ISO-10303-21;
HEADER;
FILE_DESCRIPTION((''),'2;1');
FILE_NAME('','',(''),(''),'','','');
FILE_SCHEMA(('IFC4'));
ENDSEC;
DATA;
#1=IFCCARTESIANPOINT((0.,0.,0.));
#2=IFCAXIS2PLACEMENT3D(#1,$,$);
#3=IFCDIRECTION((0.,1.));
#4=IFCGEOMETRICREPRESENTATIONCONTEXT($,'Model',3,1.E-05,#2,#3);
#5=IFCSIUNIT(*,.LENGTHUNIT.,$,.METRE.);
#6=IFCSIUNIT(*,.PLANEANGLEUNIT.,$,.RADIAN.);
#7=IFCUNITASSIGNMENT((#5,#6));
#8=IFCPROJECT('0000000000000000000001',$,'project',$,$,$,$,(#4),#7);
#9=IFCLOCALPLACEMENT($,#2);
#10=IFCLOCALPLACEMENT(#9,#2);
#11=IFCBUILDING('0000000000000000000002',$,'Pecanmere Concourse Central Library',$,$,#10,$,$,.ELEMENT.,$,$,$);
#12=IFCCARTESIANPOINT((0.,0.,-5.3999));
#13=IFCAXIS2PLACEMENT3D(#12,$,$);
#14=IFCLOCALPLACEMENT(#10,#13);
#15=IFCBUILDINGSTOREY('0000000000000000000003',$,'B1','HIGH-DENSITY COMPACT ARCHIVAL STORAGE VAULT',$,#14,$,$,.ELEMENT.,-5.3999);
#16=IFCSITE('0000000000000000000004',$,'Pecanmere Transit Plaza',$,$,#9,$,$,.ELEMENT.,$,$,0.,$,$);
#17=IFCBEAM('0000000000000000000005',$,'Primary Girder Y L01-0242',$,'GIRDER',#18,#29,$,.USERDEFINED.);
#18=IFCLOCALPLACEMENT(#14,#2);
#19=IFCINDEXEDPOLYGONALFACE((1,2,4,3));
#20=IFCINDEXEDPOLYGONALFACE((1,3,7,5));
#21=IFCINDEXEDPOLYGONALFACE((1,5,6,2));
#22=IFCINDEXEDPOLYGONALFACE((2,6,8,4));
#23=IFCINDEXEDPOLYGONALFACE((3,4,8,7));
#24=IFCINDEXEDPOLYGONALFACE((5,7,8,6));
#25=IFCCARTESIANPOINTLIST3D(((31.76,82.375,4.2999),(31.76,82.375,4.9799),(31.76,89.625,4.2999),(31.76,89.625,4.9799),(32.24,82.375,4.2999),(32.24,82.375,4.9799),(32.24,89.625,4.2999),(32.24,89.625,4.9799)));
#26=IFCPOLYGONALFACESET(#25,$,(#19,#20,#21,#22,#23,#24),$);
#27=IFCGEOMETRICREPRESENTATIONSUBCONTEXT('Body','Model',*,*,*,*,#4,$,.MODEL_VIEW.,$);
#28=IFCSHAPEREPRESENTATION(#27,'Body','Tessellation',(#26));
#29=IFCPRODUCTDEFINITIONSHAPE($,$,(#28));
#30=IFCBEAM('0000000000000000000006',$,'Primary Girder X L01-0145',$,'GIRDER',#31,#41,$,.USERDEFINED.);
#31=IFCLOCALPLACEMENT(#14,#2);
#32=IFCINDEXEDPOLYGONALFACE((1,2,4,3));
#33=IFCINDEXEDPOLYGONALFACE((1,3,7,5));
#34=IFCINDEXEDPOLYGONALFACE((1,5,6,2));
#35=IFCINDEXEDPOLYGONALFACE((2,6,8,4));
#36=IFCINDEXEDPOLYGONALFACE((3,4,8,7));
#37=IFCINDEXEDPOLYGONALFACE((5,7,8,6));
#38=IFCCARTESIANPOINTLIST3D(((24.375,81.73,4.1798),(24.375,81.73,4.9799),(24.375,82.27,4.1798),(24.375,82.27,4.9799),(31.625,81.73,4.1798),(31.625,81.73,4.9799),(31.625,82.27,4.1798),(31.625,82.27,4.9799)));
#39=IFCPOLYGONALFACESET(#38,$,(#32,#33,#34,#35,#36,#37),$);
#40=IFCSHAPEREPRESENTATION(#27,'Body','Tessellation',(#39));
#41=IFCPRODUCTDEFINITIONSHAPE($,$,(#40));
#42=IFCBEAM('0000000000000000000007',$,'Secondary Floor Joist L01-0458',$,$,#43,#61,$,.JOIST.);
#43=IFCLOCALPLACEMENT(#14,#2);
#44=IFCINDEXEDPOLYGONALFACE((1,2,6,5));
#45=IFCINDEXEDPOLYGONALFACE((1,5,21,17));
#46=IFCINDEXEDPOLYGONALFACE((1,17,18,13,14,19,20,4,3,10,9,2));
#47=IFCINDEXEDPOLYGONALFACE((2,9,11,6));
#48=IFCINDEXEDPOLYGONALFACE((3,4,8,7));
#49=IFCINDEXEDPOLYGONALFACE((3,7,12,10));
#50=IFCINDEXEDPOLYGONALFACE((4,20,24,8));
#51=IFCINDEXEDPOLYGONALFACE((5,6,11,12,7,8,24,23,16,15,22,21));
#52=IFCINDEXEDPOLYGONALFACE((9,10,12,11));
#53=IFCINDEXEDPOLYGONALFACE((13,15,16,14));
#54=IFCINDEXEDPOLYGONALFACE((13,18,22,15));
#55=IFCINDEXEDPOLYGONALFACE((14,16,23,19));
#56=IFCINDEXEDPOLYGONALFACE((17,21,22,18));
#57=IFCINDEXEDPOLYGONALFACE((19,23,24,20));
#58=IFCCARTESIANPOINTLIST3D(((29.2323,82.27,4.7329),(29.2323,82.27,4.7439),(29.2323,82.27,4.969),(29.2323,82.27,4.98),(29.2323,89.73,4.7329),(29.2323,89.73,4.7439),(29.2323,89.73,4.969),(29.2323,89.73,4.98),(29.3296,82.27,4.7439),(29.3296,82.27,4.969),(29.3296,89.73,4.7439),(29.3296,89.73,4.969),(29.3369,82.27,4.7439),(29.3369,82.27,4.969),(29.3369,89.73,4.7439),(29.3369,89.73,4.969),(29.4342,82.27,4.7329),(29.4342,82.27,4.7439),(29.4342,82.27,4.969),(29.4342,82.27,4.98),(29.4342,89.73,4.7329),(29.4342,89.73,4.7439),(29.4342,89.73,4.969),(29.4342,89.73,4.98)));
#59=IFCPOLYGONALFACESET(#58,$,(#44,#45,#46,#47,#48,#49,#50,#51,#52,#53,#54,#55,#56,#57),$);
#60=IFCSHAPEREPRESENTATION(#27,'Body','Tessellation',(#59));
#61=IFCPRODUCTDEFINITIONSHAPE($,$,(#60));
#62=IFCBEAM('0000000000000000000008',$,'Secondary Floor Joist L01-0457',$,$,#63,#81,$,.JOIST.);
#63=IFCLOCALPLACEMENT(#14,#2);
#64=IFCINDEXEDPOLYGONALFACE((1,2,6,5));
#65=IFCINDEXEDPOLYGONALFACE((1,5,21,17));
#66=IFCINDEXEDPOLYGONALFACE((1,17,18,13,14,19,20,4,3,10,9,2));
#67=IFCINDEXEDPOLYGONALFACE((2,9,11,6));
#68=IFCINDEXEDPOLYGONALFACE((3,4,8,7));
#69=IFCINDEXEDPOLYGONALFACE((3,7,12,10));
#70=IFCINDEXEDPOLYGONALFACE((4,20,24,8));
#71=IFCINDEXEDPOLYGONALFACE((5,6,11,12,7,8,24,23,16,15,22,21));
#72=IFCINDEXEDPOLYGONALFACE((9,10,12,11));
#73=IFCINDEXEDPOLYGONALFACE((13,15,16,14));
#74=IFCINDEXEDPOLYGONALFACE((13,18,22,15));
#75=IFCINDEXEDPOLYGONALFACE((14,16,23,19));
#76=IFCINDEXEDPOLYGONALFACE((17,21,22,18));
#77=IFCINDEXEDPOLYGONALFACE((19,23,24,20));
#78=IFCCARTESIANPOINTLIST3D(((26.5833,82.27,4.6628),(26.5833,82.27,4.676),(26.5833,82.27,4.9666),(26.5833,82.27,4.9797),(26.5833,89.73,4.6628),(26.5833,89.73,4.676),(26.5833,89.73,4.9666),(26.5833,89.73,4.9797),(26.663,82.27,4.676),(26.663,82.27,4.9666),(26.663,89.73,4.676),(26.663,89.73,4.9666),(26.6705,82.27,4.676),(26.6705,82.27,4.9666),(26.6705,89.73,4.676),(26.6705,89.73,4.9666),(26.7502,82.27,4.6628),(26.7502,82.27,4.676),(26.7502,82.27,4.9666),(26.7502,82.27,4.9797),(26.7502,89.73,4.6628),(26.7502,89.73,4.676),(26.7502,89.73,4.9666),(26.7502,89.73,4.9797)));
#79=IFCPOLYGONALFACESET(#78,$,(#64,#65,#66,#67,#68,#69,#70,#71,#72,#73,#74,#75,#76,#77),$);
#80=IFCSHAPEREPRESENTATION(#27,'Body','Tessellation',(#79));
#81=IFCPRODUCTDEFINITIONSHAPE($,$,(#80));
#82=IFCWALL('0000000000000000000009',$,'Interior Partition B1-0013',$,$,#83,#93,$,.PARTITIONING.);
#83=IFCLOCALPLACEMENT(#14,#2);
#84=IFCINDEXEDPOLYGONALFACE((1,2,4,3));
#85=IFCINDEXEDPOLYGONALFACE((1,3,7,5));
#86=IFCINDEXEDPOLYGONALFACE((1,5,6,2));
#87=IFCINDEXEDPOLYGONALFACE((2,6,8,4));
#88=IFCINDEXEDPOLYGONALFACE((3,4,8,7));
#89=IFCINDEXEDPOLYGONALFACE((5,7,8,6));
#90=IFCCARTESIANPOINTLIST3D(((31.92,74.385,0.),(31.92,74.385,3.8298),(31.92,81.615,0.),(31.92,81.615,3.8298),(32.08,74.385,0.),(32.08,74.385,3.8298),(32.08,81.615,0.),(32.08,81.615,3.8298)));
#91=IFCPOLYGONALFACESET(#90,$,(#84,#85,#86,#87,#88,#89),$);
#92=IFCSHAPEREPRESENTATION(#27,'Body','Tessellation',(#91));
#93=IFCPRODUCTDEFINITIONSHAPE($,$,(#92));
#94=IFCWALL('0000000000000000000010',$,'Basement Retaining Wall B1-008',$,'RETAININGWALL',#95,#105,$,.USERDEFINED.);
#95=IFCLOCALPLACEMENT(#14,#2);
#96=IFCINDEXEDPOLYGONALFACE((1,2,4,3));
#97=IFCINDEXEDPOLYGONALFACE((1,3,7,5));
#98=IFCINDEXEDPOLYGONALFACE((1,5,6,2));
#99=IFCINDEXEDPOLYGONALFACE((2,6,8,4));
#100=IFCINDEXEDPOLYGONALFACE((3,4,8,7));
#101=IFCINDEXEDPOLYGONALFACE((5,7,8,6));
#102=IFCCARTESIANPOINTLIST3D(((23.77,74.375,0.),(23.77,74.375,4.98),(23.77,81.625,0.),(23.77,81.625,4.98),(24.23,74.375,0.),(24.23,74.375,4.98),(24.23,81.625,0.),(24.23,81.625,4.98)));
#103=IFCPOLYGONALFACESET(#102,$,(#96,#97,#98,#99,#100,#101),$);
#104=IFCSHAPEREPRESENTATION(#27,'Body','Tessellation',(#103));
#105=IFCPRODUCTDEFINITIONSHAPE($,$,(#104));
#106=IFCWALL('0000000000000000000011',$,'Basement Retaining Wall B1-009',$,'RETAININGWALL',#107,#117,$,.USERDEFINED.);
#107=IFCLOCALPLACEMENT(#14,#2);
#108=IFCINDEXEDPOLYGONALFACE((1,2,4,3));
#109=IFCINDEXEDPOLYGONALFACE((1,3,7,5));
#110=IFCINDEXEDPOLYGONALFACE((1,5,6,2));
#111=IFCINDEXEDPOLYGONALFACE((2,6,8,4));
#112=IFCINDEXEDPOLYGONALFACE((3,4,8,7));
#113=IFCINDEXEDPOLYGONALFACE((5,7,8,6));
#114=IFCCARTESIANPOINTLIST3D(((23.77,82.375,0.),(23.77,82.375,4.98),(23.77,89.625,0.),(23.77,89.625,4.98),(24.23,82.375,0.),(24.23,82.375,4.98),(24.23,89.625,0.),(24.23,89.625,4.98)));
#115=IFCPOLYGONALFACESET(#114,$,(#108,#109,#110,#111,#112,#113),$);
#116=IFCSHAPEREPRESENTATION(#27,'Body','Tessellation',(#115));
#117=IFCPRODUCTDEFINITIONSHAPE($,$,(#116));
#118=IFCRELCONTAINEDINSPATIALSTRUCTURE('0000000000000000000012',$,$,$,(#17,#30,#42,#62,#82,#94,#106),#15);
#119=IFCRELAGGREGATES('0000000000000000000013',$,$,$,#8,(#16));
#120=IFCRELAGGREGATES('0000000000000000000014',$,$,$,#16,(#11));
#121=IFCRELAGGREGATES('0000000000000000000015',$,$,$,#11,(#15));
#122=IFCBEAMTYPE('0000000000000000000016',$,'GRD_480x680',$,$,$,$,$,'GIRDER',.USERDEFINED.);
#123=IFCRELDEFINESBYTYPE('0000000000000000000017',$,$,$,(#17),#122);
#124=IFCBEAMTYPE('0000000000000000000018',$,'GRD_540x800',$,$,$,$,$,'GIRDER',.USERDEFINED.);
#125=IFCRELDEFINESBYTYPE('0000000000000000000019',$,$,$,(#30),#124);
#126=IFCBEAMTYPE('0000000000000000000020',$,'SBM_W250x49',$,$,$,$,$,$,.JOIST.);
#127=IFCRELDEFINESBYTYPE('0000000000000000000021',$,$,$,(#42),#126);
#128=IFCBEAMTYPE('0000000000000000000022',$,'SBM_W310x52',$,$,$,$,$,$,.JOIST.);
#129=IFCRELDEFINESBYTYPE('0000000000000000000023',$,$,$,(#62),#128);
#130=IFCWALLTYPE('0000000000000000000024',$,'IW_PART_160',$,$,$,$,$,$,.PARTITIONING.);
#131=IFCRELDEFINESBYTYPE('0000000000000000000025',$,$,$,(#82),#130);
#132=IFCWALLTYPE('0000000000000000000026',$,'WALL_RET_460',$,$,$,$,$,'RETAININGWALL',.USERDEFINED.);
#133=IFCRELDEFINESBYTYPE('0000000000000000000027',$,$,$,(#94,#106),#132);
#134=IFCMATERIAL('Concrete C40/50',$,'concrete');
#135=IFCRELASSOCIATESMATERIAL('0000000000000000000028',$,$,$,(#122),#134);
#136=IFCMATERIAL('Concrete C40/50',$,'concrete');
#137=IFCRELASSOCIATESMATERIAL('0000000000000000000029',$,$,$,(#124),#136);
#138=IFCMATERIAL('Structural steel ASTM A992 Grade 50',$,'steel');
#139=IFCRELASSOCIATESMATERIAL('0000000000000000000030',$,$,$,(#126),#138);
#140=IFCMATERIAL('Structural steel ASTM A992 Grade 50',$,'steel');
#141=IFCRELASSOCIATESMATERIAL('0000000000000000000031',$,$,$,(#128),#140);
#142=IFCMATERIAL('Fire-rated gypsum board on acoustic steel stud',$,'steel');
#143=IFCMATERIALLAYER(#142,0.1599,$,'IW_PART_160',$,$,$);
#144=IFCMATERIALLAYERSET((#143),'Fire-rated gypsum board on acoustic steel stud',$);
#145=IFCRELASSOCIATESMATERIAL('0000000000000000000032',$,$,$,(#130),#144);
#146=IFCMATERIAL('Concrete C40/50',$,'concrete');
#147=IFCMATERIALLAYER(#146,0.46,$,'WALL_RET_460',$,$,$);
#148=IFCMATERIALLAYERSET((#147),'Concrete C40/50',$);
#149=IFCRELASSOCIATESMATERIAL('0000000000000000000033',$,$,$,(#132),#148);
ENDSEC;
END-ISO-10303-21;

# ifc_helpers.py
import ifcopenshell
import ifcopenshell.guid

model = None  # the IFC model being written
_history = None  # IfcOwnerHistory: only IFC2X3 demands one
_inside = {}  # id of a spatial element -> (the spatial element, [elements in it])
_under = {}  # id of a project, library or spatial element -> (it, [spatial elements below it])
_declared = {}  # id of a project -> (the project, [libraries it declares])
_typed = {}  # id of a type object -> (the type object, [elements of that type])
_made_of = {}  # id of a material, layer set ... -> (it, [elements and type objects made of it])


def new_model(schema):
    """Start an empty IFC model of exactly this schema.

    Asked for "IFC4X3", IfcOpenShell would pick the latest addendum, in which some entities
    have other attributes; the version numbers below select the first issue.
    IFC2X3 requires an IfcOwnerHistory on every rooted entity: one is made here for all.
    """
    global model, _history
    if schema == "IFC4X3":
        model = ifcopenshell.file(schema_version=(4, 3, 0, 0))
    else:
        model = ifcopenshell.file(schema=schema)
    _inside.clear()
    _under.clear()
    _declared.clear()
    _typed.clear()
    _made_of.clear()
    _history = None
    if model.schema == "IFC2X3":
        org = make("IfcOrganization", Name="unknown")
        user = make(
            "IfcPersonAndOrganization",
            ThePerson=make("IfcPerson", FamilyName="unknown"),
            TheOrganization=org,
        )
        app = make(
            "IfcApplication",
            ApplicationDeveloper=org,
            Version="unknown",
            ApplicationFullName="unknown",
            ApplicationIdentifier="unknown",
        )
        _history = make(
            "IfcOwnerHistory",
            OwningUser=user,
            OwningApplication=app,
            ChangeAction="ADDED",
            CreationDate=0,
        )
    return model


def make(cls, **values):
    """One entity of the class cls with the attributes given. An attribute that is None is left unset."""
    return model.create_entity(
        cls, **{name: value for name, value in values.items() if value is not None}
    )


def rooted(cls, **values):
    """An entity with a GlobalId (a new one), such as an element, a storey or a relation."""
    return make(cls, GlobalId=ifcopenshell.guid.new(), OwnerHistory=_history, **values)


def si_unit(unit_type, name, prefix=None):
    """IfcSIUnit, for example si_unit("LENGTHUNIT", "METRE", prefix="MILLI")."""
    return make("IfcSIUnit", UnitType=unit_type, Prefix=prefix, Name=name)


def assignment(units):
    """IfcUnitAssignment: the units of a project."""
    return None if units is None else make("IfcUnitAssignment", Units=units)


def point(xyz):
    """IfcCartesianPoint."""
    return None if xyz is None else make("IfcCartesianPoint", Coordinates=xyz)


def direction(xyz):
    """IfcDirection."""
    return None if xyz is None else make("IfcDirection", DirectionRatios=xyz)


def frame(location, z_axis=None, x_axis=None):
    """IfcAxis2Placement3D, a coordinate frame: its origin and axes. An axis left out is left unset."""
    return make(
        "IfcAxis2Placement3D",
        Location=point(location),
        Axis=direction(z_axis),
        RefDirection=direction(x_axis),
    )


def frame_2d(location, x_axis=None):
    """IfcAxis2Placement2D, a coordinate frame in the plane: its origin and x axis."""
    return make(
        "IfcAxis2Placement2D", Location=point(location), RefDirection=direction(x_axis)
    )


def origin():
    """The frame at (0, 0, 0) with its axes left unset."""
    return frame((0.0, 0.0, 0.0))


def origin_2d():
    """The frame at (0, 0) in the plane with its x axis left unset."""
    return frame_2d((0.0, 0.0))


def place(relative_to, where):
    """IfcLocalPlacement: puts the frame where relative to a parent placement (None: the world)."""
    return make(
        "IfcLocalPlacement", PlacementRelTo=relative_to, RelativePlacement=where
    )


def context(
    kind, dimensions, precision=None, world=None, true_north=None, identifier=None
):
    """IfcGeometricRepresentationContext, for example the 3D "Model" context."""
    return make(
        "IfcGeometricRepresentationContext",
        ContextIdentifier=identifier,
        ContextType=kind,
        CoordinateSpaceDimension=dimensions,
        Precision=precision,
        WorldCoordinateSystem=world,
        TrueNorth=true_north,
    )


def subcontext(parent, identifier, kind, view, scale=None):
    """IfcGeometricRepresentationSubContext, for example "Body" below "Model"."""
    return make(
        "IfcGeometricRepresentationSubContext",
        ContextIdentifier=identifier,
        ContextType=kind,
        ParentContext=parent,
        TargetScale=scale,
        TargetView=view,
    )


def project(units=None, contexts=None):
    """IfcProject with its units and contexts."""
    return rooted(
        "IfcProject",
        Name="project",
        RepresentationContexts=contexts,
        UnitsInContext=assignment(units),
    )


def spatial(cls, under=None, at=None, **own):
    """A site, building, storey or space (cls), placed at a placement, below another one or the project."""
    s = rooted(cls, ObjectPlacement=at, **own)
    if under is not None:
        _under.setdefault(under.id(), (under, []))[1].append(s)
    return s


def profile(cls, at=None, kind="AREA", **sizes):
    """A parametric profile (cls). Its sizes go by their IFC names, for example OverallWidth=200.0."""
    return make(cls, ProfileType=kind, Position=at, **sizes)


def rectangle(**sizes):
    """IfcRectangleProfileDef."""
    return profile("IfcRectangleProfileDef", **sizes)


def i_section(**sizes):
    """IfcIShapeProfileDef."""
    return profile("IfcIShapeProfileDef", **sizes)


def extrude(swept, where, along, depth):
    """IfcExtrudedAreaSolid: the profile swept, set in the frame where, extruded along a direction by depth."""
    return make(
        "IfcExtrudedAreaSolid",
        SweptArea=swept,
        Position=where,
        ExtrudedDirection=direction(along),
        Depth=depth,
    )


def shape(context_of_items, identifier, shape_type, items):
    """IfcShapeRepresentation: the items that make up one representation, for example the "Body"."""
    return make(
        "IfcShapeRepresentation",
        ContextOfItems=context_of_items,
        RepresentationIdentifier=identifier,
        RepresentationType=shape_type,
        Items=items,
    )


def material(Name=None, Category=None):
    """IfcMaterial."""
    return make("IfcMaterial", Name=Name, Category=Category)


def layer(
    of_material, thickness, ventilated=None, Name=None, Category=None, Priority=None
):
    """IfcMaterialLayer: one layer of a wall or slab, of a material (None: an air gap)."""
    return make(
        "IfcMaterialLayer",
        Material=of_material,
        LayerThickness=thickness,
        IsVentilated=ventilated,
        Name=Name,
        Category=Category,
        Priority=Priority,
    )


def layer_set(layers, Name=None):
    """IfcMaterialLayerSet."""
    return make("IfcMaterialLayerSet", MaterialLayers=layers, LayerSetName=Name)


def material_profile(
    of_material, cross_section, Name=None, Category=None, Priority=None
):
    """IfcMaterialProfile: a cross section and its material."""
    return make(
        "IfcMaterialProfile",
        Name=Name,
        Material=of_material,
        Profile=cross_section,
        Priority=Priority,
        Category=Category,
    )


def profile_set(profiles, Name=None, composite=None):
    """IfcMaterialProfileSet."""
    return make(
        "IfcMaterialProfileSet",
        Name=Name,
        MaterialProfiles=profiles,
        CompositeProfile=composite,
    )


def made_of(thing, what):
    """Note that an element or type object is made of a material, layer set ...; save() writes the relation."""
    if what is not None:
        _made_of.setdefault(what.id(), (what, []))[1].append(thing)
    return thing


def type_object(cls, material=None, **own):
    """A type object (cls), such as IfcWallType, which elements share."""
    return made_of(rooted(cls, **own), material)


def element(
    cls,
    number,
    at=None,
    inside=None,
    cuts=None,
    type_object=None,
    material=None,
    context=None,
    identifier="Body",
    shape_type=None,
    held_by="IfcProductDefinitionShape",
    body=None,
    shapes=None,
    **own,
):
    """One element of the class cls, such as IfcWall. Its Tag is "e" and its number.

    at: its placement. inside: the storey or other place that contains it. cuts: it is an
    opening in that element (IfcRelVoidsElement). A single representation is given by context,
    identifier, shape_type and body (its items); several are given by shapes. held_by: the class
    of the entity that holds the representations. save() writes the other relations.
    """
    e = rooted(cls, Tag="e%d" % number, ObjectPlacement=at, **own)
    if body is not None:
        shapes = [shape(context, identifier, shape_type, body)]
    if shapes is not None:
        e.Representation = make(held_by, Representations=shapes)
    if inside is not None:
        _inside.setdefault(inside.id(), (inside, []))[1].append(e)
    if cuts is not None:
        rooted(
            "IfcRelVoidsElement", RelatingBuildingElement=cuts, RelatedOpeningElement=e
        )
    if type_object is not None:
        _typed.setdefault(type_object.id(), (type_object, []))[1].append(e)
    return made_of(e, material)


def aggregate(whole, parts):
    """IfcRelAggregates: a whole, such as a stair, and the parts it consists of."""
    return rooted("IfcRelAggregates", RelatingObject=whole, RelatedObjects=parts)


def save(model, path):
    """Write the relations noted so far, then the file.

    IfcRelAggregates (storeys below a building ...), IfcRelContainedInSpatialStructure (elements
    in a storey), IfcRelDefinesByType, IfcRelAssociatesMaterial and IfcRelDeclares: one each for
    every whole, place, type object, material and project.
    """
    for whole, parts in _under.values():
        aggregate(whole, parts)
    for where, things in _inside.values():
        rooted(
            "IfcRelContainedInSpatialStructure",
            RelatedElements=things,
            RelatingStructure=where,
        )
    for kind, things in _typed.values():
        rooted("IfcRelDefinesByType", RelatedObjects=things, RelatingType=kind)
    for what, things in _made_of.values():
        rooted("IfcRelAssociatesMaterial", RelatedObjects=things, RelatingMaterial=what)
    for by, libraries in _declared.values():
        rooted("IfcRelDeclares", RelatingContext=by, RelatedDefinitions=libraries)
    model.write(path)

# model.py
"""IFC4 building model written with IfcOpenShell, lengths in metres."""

from ifc_helpers import new_model, si_unit, direction, frame, frame_2d, origin, origin_2d, place, context, subcontext, project, spatial, rectangle, i_section, extrude, material, layer, layer_set, material_profile, profile_set, type_object, element, save


model = new_model("IFC4")

# Units and contexts
model_context = context("Model", 3, precision=1e-05, world=origin(), true_north=direction((0.0, 1.0)))
body_context = subcontext(model_context, "Body", "Model", "MODEL_VIEW")
ifc_project = project(units=[si_unit("LENGTHUNIT", "METRE"), si_unit("PLANEANGLEUNIT", "RADIAN")], contexts=[model_context])

# Site, building, storey
site_placement = place(None, origin())
site = spatial("IfcSite", under=ifc_project, at=site_placement, Name="Pecanmere Transit Plaza", CompositionType="ELEMENT", RefElevation=0.0)
building_placement = place(site_placement, origin())
building = spatial("IfcBuilding", under=site, at=building_placement, Name="Pecanmere Concourse Central Library", CompositionType="ELEMENT")
storey_placement = place(building_placement, frame((0.0, 0.0, -5.3999)))
storey = spatial("IfcBuildingStorey", under=building, at=storey_placement, Name="B1", Description="HIGH-DENSITY COMPACT ARCHIVAL STORAGE VAULT", CompositionType="ELEMENT", Elevation=-5.3999)

# Beams
ifc_material_1 = material(Name="Concrete C40/50", Category="concrete")
ifc_material_profile_1 = material_profile(ifc_material_1, rectangle(XDim=0.48, YDim=0.6799, at=origin_2d()), Name="RC 480x680")
ifc_profile_set_1 = profile_set([ifc_material_profile_1], Name="Concrete C40/50")
beam_type_1 = type_object("IfcBeamType", Name="GRD_480x680", ElementType="GIRDER", PredefinedType="USERDEFINED", material=ifc_profile_set_1)
for number, where, z_axis, x_axis, name in (
    (1, (32.0, 82.375, 4.6399), (0.0, 1.0, 0.0), (-1.0, 0.0, 0.0), "Primary Girder Y L01-0242"),
):
    element("IfcBeam", number, at=place(storey_placement, frame(where, z_axis=z_axis, x_axis=x_axis)), inside=storey, type_object=beam_type_1, Name=name, ObjectType="GIRDER", PredefinedType="USERDEFINED", context=body_context, shape_type="SweptSolid", body=[
        extrude(rectangle(XDim=0.48, YDim=0.6799, at=origin_2d()), origin(), (0.0, 0.0, 1.0), 7.25),
    ])
ifc_material_2 = material(Name="Concrete C40/50", Category="concrete")
ifc_material_profile_2 = material_profile(ifc_material_2, rectangle(XDim=0.54, YDim=0.8, at=origin_2d()), Name="RC 540x800")
ifc_profile_set_2 = profile_set([ifc_material_profile_2], Name="Concrete C40/50")
beam_type_2 = type_object("IfcBeamType", Name="GRD_540x800", ElementType="GIRDER", PredefinedType="USERDEFINED", material=ifc_profile_set_2)
beam_1_placement = place(storey_placement, frame((24.375, 82.0, 4.5798), z_axis=(1.0, 0.0, 0.0), x_axis=(0.0, 1.0, 0.0)))
element("IfcBeam", 2, at=beam_1_placement, inside=storey, type_object=beam_type_2, Name="Primary Girder X L01-0145", ObjectType="GIRDER", PredefinedType="USERDEFINED", context=body_context, shape_type="SweptSolid", body=[
    extrude(rectangle(XDim=0.54, YDim=0.8, at=origin_2d()), origin(), (0.0, 0.0, 1.0), 7.25),
])
ifc_material_3 = material(Name="Structural steel ASTM A992 Grade 50", Category="steel")
ifc_material_profile_3 = material_profile(ifc_material_3, i_section(OverallWidth=0.2019, OverallDepth=0.2471, WebThickness=0.0073, FlangeThickness=0.011, at=origin_2d()), Name="W250x49.1")
ifc_profile_set_3 = profile_set([ifc_material_profile_3], Name="Structural steel ASTM A992 Grade 50")
beam_type_3 = type_object("IfcBeamType", Name="SBM_W250x49", PredefinedType="JOIST", material=ifc_profile_set_3)
beam_2_placement = place(storey_placement, frame((29.3333, 82.27, 4.8564), z_axis=(0.0, 1.0, 0.0), x_axis=(-1.0, 0.0, 0.0)))
element("IfcBeam", 3, at=beam_2_placement, inside=storey, type_object=beam_type_3, Name="Secondary Floor Joist L01-0458", PredefinedType="JOIST", context=body_context, shape_type="SweptSolid", body=[
    extrude(i_section(OverallWidth=0.2019, OverallDepth=0.2471, WebThickness=0.0073, FlangeThickness=0.011, at=origin_2d()), origin(), (0.0, 0.0, 1.0), 7.46),
])
ifc_material_4 = material(Name="Structural steel ASTM A992 Grade 50", Category="steel")
ifc_material_profile_4 = material_profile(ifc_material_4, i_section(OverallWidth=0.167, OverallDepth=0.3169, WebThickness=0.0076, FlangeThickness=0.0132, at=origin_2d()), Name="W310x52")
ifc_profile_set_4 = profile_set([ifc_material_profile_4], Name="Structural steel ASTM A992 Grade 50")
beam_type_4 = type_object("IfcBeamType", Name="SBM_W310x52", PredefinedType="JOIST", material=ifc_profile_set_4)
beam_3_placement = place(storey_placement, frame((26.6667, 82.27, 4.8213), z_axis=(0.0, 1.0, 0.0), x_axis=(-1.0, 0.0, 0.0)))
element("IfcBeam", 4, at=beam_3_placement, inside=storey, type_object=beam_type_4, Name="Secondary Floor Joist L01-0457", PredefinedType="JOIST", context=body_context, shape_type="SweptSolid", body=[
    extrude(i_section(OverallWidth=0.167, OverallDepth=0.3169, WebThickness=0.0076, FlangeThickness=0.0132, at=origin_2d()), origin(), (0.0, 0.0, 1.0), 7.46),
])

# Walls
ifc_material_5 = material(Name="Fire-rated gypsum board on acoustic steel stud", Category="steel")
ifc_layer_1 = layer(ifc_material_5, 0.1599, Name="IW_PART_160")
ifc_layer_set_1 = layer_set([ifc_layer_1], Name="Fire-rated gypsum board on acoustic steel stud")
wall_type_1 = type_object("IfcWallType", Name="IW_PART_160", PredefinedType="PARTITIONING", material=ifc_layer_set_1)
wall_placement = place(storey_placement, frame((32.0, 74.385, 0.0), z_axis=(0.0, 0.0, 1.0), x_axis=(0.0, 1.0, 0.0)))
element("IfcWall", 5, at=wall_placement, inside=storey, type_object=wall_type_1, Name="Interior Partition B1-0013", PredefinedType="PARTITIONING", context=body_context, shape_type="SweptSolid", body=[
    extrude(rectangle(XDim=7.23, YDim=0.1599, at=frame_2d((3.615, 0.0))), origin(), (0.0, 0.0, 1.0), 3.8298),
])
ifc_material_6 = material(Name="Concrete C40/50", Category="concrete")
ifc_layer_2 = layer(ifc_material_6, 0.46, Name="WALL_RET_460")
ifc_layer_set_2 = layer_set([ifc_layer_2], Name="Concrete C40/50")
wall_type_2 = type_object("IfcWallType", Name="WALL_RET_460", ElementType="RETAININGWALL", PredefinedType="USERDEFINED", material=ifc_layer_set_2)
for number, where, z_axis, x_axis, name in (
    (6, (24.0, 74.375, 0.0), (0.0, 0.0, 1.0), (0.0, 1.0, 0.0), "Basement Retaining Wall B1-008"),
    (7, (24.0, 82.375, 0.0), (0.0, 0.0, 1.0), (0.0, 1.0, 0.0), "Basement Retaining Wall B1-009"),
):
    element("IfcWall", number, at=place(storey_placement, frame(where, z_axis=z_axis, x_axis=x_axis)), inside=storey, type_object=wall_type_2, Name=name, ObjectType="RETAININGWALL", PredefinedType="USERDEFINED", context=body_context, shape_type="SweptSolid", body=[
        extrude(rectangle(XDim=7.25, YDim=0.46, at=frame_2d((3.625, 0.0))), origin(), (0.0, 0.0, 1.0), 4.98),
    ])

save(model, "model.ifc")
